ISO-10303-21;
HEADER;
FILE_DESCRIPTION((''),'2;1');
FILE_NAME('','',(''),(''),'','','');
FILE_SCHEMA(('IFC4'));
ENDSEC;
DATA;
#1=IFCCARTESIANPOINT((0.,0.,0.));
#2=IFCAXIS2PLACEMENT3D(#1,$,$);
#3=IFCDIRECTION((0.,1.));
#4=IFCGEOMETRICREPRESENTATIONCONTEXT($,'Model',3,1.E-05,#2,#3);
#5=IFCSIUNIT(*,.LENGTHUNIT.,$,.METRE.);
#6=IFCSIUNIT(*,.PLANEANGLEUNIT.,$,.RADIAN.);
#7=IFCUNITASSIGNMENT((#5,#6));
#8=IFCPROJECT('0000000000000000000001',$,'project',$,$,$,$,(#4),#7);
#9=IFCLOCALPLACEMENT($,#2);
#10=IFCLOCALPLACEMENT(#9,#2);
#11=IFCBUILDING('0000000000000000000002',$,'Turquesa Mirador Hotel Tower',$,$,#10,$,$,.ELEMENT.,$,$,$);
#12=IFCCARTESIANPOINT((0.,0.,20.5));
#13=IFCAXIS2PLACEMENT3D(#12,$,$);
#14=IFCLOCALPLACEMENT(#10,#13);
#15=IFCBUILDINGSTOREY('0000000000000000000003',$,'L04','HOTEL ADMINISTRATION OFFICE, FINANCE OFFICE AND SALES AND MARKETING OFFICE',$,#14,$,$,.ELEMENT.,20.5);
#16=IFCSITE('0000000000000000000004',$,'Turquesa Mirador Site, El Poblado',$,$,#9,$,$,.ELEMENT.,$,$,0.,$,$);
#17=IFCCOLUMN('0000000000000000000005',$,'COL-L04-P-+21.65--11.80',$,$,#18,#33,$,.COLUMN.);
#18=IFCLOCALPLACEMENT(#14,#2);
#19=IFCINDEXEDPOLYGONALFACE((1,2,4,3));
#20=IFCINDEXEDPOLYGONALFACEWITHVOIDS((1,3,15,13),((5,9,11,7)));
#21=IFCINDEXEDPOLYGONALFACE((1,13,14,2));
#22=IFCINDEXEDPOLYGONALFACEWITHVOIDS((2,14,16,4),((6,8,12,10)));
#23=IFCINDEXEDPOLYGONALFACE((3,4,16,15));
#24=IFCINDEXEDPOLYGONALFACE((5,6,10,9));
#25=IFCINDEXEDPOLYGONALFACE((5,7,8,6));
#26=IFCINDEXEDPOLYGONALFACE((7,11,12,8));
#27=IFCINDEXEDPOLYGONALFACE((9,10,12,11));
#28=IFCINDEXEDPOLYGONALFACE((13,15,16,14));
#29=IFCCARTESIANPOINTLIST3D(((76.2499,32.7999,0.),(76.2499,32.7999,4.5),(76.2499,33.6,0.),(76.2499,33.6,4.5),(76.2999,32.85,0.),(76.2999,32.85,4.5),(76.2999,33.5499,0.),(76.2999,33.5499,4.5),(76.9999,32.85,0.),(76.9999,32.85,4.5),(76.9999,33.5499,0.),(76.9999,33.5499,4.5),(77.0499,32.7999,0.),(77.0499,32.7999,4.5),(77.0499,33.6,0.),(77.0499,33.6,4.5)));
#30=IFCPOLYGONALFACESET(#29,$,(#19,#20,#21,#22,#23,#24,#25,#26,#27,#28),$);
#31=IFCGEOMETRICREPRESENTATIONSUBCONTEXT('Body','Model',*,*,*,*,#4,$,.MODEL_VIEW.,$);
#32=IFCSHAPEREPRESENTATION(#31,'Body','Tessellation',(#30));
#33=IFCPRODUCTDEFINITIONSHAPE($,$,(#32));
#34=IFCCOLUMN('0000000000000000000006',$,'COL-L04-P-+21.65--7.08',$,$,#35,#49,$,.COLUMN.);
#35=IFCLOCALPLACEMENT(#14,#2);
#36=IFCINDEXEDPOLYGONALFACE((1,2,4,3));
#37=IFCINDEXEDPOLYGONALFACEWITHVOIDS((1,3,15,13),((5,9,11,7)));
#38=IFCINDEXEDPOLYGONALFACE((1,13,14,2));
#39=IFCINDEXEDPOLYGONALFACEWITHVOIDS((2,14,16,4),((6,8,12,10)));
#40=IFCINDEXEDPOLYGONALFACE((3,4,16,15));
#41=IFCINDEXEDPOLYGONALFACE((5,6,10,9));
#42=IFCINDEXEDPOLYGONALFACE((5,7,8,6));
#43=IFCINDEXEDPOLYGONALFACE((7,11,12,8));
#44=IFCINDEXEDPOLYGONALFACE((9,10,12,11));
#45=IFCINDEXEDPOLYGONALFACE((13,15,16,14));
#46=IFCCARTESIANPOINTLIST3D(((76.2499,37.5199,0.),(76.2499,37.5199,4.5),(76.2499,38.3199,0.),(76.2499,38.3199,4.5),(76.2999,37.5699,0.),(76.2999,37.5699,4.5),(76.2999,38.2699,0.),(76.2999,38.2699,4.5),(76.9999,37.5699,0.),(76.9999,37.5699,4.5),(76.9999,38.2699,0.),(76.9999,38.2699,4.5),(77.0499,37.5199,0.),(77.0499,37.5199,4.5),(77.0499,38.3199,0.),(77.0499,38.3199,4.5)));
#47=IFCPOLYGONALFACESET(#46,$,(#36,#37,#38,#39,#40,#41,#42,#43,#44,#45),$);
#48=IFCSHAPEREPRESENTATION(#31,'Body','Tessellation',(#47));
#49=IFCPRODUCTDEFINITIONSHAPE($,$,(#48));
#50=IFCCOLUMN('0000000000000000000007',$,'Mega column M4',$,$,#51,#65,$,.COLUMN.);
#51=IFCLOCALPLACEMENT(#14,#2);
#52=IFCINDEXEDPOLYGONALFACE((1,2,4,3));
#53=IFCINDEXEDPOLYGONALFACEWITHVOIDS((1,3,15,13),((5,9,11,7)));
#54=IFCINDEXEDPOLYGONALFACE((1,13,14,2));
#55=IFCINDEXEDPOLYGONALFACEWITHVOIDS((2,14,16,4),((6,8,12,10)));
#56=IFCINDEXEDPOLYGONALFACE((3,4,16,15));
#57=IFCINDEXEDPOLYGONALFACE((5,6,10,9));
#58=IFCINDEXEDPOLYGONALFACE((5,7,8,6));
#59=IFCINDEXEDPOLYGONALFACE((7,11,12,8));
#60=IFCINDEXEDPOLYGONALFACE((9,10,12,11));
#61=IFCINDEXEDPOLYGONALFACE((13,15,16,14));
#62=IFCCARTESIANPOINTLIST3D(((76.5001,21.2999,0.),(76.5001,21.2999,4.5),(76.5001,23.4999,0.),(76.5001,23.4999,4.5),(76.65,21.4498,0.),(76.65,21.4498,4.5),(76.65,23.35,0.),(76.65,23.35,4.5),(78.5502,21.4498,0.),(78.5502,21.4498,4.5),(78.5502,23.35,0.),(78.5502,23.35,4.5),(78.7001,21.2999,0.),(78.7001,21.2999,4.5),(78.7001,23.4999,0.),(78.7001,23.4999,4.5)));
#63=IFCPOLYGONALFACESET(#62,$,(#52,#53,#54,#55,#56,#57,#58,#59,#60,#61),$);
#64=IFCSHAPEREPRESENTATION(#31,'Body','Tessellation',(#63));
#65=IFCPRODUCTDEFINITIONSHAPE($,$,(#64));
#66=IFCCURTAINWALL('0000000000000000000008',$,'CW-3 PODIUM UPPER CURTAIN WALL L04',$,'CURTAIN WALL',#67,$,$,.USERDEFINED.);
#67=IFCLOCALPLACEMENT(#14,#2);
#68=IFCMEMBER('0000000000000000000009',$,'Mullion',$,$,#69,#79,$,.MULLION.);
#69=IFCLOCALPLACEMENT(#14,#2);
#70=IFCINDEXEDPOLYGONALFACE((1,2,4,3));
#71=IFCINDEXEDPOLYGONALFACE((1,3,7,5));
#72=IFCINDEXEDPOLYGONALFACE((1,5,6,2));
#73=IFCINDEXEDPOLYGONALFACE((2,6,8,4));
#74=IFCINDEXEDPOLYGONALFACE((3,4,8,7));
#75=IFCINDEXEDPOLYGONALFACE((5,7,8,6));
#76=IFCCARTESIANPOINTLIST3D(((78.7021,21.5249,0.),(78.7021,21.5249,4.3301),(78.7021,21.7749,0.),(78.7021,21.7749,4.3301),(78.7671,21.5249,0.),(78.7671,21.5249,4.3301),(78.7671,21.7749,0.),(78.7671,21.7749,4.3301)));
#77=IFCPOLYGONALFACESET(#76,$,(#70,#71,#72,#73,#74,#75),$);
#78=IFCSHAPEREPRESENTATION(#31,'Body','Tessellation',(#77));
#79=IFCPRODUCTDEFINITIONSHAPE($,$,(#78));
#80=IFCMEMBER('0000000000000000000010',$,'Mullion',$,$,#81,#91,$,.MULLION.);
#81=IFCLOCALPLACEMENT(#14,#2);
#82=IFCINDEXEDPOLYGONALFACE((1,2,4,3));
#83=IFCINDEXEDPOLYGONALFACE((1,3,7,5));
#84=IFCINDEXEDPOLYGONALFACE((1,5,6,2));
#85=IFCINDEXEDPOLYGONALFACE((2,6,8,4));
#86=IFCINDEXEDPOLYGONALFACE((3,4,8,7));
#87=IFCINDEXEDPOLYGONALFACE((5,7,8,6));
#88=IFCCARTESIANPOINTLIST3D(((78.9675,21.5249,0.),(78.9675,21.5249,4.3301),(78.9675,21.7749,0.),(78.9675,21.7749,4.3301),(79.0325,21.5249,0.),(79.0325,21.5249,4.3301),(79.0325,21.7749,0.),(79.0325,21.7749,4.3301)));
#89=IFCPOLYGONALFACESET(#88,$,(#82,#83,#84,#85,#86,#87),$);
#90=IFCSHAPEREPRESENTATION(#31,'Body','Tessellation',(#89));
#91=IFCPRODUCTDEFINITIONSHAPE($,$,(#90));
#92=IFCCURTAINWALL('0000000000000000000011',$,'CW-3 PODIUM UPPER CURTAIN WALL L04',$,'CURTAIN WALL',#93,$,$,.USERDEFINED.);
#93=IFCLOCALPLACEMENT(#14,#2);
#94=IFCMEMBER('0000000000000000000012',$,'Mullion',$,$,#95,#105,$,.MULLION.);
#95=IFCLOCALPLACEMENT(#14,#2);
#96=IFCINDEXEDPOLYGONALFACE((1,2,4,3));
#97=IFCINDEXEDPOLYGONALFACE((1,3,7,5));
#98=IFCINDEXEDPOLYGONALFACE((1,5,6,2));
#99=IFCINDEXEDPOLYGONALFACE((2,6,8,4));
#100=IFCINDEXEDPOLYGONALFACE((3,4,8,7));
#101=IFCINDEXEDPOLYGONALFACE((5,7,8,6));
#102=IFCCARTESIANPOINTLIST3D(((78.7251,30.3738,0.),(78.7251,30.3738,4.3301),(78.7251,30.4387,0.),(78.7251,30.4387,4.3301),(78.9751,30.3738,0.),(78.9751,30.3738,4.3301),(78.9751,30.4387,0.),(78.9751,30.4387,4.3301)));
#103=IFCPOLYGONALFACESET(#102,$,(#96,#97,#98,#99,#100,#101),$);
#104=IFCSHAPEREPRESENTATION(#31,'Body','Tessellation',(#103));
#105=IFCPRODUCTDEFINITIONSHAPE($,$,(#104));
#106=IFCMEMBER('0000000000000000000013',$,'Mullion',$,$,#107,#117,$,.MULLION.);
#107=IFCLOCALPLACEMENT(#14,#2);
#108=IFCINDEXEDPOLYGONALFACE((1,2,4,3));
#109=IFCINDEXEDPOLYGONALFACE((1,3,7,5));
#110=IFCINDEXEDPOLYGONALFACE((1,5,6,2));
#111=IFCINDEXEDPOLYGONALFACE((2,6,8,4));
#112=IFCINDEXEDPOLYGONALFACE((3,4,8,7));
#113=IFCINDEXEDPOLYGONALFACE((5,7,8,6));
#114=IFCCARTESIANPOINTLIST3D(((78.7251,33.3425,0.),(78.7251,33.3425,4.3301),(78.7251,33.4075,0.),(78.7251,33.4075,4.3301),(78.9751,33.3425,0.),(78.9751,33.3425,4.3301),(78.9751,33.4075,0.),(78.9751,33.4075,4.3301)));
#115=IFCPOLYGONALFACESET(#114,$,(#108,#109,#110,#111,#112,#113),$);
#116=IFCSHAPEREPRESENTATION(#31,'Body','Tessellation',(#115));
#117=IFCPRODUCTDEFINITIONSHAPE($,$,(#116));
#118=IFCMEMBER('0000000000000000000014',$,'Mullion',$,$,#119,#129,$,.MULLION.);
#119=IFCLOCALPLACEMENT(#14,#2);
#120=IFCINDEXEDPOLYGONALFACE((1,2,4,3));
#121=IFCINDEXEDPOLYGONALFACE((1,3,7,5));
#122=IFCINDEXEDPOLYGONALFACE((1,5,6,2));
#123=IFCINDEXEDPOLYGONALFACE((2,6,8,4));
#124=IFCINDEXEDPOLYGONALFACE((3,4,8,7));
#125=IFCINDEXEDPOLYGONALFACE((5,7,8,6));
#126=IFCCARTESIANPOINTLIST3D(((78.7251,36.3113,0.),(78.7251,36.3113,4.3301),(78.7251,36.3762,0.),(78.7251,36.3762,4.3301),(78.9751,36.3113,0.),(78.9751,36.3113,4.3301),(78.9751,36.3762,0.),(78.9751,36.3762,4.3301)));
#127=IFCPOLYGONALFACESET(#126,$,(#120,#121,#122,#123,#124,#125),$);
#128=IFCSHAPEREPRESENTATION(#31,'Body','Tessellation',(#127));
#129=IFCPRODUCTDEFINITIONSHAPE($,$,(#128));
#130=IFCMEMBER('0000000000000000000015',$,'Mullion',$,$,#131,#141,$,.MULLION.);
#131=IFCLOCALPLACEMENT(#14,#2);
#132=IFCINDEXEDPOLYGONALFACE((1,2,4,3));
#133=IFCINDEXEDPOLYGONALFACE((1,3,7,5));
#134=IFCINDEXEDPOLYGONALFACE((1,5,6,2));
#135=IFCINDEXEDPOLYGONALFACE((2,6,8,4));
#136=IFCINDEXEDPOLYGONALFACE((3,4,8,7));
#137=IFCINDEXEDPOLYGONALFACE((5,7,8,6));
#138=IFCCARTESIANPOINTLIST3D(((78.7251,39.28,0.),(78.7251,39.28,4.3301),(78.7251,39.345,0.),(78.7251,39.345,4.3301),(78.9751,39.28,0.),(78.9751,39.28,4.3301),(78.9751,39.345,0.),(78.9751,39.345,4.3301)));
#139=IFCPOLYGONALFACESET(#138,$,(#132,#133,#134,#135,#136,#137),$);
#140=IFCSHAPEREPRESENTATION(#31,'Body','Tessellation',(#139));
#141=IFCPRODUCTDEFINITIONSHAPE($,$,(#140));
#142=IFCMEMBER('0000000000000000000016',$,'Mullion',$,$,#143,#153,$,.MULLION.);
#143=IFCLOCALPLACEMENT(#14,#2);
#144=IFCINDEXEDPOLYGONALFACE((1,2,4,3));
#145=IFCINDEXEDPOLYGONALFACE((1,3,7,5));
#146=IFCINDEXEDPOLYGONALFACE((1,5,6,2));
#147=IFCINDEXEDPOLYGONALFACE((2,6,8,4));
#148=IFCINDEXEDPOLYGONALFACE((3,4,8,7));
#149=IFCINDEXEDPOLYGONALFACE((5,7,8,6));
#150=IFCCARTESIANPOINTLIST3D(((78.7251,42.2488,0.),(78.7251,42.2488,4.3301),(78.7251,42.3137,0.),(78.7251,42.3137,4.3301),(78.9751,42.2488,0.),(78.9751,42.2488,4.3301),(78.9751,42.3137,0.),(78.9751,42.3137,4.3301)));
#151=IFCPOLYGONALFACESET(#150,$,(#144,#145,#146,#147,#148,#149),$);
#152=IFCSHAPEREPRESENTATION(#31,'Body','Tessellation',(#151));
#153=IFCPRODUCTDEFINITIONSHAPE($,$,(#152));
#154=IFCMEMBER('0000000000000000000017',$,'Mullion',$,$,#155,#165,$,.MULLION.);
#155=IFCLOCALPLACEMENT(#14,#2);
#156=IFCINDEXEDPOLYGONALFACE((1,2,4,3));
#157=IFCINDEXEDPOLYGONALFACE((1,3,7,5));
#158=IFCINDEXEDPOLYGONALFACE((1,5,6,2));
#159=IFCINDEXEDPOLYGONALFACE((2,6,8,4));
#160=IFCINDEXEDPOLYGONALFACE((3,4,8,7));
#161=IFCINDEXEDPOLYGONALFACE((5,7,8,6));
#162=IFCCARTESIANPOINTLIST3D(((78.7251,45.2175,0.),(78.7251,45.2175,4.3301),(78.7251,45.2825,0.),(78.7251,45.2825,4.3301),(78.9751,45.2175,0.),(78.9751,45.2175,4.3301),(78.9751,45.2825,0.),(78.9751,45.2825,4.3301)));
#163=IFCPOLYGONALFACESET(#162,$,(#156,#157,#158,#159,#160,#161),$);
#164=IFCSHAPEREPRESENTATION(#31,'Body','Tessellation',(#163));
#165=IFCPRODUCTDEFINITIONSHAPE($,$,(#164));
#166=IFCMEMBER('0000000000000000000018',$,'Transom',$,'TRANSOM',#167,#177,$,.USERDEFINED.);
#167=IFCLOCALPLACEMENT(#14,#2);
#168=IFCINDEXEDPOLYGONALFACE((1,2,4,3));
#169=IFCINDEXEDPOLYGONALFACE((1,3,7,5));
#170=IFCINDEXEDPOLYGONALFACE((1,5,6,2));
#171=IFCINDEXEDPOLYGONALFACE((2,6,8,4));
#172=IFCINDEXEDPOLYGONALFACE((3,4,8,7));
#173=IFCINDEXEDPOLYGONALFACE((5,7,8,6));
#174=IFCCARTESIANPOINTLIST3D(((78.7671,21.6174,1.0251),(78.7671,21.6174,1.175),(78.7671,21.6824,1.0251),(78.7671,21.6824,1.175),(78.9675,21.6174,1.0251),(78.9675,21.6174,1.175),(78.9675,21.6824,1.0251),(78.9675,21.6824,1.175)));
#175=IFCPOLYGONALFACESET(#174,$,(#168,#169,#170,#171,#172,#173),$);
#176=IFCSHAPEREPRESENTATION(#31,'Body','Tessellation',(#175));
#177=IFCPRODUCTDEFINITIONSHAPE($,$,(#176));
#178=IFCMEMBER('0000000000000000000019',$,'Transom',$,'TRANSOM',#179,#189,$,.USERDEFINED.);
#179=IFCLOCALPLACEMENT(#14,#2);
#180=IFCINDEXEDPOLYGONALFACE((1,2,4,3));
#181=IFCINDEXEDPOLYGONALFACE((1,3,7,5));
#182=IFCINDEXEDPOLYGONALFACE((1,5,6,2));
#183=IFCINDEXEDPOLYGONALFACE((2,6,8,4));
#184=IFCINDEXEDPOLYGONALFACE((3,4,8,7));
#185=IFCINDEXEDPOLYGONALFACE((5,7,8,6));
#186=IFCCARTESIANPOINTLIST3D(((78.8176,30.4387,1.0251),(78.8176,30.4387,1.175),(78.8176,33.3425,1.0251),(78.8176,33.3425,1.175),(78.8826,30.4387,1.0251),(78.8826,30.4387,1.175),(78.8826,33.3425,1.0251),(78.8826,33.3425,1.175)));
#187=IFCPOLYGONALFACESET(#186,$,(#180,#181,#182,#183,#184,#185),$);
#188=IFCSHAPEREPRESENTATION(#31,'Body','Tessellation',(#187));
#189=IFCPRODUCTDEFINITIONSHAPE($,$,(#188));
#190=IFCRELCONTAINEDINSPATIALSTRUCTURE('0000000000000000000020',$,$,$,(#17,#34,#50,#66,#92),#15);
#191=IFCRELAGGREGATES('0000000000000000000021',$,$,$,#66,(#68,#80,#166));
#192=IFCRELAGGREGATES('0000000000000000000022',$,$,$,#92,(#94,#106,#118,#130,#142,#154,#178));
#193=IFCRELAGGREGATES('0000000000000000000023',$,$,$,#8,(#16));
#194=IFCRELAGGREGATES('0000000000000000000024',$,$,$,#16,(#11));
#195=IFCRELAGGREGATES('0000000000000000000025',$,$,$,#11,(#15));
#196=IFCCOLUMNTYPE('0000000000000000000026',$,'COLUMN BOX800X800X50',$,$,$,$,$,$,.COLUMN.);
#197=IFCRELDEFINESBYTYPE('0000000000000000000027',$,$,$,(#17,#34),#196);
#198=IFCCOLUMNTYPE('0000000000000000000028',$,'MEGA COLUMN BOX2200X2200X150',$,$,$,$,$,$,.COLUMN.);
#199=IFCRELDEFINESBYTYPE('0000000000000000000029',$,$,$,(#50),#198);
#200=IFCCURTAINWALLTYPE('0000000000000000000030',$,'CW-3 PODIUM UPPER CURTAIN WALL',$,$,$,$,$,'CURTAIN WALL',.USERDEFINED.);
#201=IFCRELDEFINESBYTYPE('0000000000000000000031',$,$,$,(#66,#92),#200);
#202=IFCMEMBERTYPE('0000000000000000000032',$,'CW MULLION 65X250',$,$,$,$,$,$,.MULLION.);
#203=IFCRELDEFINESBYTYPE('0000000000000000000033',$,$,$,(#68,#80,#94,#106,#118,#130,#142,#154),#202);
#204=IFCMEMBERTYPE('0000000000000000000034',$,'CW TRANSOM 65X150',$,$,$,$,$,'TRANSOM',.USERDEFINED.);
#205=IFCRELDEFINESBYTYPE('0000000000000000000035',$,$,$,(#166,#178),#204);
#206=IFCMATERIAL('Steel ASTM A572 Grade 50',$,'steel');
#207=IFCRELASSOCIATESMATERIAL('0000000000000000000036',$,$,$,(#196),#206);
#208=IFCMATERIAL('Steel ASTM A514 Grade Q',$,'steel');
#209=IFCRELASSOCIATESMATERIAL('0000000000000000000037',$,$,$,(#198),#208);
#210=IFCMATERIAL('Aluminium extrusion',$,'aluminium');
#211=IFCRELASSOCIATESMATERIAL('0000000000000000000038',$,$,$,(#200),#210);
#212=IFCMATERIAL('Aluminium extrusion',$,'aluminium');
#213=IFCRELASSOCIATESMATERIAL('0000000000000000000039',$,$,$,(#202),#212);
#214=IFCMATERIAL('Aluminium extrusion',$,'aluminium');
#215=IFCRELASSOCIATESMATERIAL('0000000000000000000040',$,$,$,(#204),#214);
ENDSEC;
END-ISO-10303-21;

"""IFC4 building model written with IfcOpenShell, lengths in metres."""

from ifc_helpers import new_model, si_unit, direction, frame, origin, origin_2d, place, context, subcontext, project, spatial, rectangle, hollow_rectangle, extrude, material, material_profile, profile_set, type_object, element, aggregate, save


model = new_model("IFC4")

# Units and contexts
model_context = context("Model", 3, precision=1e-05, world=origin(), true_north=direction((0.0, 1.0)))
body_context = subcontext(model_context, "Body", "Model", "MODEL_VIEW")
ifc_project = project(units=[si_unit("LENGTHUNIT", "METRE"), si_unit("PLANEANGLEUNIT", "RADIAN")], contexts=[model_context])

# Site, building, storey
site_placement = place(None, origin())
site = spatial("IfcSite", under=ifc_project, at=site_placement, Name="Turquesa Mirador Site, El Poblado", CompositionType="ELEMENT", RefElevation=0.0)
building_placement = place(site_placement, origin())
building = spatial("IfcBuilding", under=site, at=building_placement, Name="Turquesa Mirador Hotel Tower", CompositionType="ELEMENT")
storey_placement = place(building_placement, frame((0.0, 0.0, 20.5)))
storey = spatial("IfcBuildingStorey", under=building, at=storey_placement, Name="L04", Description="HOTEL ADMINISTRATION OFFICE, FINANCE OFFICE AND SALES AND MARKETING OFFICE", CompositionType="ELEMENT", Elevation=20.5)

# Columns
ifc_material_1 = material(Name="Steel ASTM A572 Grade 50", Category="steel")
ifc_material_profile_1 = material_profile(ifc_material_1, hollow_rectangle(XDim=0.8, YDim=0.8, WallThickness=0.05, at=origin_2d()), Name="BOX800X800X50")
ifc_profile_set_1 = profile_set([ifc_material_profile_1], Name="Steel ASTM A572 Grade 50")
column_type_1 = type_object("IfcColumnType", Name="COLUMN BOX800X800X50", PredefinedType="COLUMN", material=ifc_profile_set_1)
for number, where, z_axis, x_axis, name in (
    (1, (76.6499, 33.2, 0.0), (0.0, 0.0, 1.0), (1.0, 0.0, 0.0), "COL-L04-P-+21.65--11.80"),
    (2, (76.6499, 37.9199, 0.0), (0.0, 0.0, 1.0), (1.0, 0.0, 0.0), "COL-L04-P-+21.65--7.08"),
):
    element("IfcColumn", number, at=place(storey_placement, frame(where, z_axis=z_axis, x_axis=x_axis)), inside=storey, type_object=column_type_1, Name=name, PredefinedType="COLUMN", context=body_context, shape_type="SweptSolid", body=[
        extrude(hollow_rectangle(XDim=0.8, YDim=0.8, WallThickness=0.05, at=origin_2d()), origin(), (0.0, 0.0, 1.0), 4.5),
    ])
ifc_material_2 = material(Name="Steel ASTM A514 Grade Q", Category="steel")
ifc_material_profile_2 = material_profile(ifc_material_2, hollow_rectangle(XDim=2.2, YDim=2.2, WallThickness=0.1499, at=origin_2d()), Name="BOX2200X2200X150")
ifc_profile_set_2 = profile_set([ifc_material_profile_2], Name="Steel ASTM A514 Grade Q")
column_type_2 = type_object("IfcColumnType", Name="MEGA COLUMN BOX2200X2200X150", PredefinedType="COLUMN", material=ifc_profile_set_2)
column_placement = place(storey_placement, frame((77.6001, 22.3999, 0.0), z_axis=(0.0, 0.0, 1.0), x_axis=(1.0, 0.0, 0.0)))
element("IfcColumn", 3, at=column_placement, inside=storey, type_object=column_type_2, Name="Mega column M4", PredefinedType="COLUMN", context=body_context, shape_type="SweptSolid", body=[
    extrude(hollow_rectangle(XDim=2.2, YDim=2.2, WallThickness=0.1499, at=origin_2d()), origin(), (0.0, 0.0, 1.0), 4.5),
])

# Curtain walls, members
ifc_material_3 = material(Name="Aluminium extrusion", Category="aluminium")
curtain_wall_type = type_object("IfcCurtainWallType", Name="CW-3 PODIUM UPPER CURTAIN WALL", ElementType="CURTAIN WALL", PredefinedType="USERDEFINED", material=ifc_material_3)
curtain_wall_1_placement = place(storey_placement, origin())
curtain_wall_1 = element("IfcCurtainWall", 4, at=curtain_wall_1_placement, inside=storey, type_object=curtain_wall_type, Name="CW-3 PODIUM UPPER CURTAIN WALL L04", ObjectType="CURTAIN WALL", PredefinedType="USERDEFINED")
ifc_material_4 = material(Name="Aluminium extrusion", Category="aluminium")
ifc_material_profile_3 = material_profile(ifc_material_4, rectangle(XDim=0.0649, YDim=0.25, at=origin_2d()), Name="MULLION 65X250")
ifc_profile_set_3 = profile_set([ifc_material_profile_3], Name="Aluminium extrusion")
member_type_1 = type_object("IfcMemberType", Name="CW MULLION 65X250", PredefinedType="MULLION", material=ifc_profile_set_3)
member_1_placement = place(storey_placement, frame((78.7346, 21.6499, 0.0), z_axis=(0.0, 0.0, 1.0), x_axis=(1.0, 0.0, 0.0)))
member_1 = element("IfcMember", 5, at=member_1_placement, type_object=member_type_1, Name="Mullion", PredefinedType="MULLION", context=body_context, shape_type="SweptSolid", body=[
    extrude(rectangle(XDim=0.0649, YDim=0.25, at=origin_2d()), origin(), (0.0, 0.0, 1.0), 4.3301),
])
member_2_placement = place(storey_placement, frame((79.0, 21.6499, 0.0), z_axis=(0.0, 0.0, 1.0), x_axis=(1.0, 0.0, 0.0)))
member_2 = element("IfcMember", 6, at=member_2_placement, type_object=member_type_1, Name="Mullion", PredefinedType="MULLION", context=body_context, shape_type="SweptSolid", body=[
    extrude(rectangle(XDim=0.0649, YDim=0.25, at=origin_2d()), origin(), (0.0, 0.0, 1.0), 4.3301),
])
curtain_wall_2_placement = place(storey_placement, origin())
curtain_wall_2 = element("IfcCurtainWall", 7, at=curtain_wall_2_placement, inside=storey, type_object=curtain_wall_type, Name="CW-3 PODIUM UPPER CURTAIN WALL L04", ObjectType="CURTAIN WALL", PredefinedType="USERDEFINED")
member_3_placement = place(storey_placement, frame((78.8501, 30.4062, 0.0), z_axis=(0.0, 0.0, 1.0), x_axis=(0.0, 1.0, 0.0)))
member_3 = element("IfcMember", 8, at=member_3_placement, type_object=member_type_1, Name="Mullion", PredefinedType="MULLION", context=body_context, shape_type="SweptSolid", body=[
    extrude(rectangle(XDim=0.0649, YDim=0.25, at=origin_2d()), origin(), (0.0, 0.0, 1.0), 4.3301),
])
member_4_placement = place(storey_placement, frame((78.8501, 33.375, 0.0), z_axis=(0.0, 0.0, 1.0), x_axis=(0.0, 1.0, 0.0)))
member_4 = element("IfcMember", 9, at=member_4_placement, type_object=member_type_1, Name="Mullion", PredefinedType="MULLION", context=body_context, shape_type="SweptSolid", body=[
    extrude(rectangle(XDim=0.0649, YDim=0.25, at=origin_2d()), origin(), (0.0, 0.0, 1.0), 4.3301),
])
member_5_placement = place(storey_placement, frame((78.8501, 36.3438, 0.0), z_axis=(0.0, 0.0, 1.0), x_axis=(0.0, 1.0, 0.0)))
member_5 = element("IfcMember", 10, at=member_5_placement, type_object=member_type_1, Name="Mullion", PredefinedType="MULLION", context=body_context, shape_type="SweptSolid", body=[
    extrude(rectangle(XDim=0.0649, YDim=0.25, at=origin_2d()), origin(), (0.0, 0.0, 1.0), 4.3301),
])
member_6_placement = place(storey_placement, frame((78.8501, 39.3125, 0.0), z_axis=(0.0, 0.0, 1.0), x_axis=(0.0, 1.0, 0.0)))
member_6 = element("IfcMember", 11, at=member_6_placement, type_object=member_type_1, Name="Mullion", PredefinedType="MULLION", context=body_context, shape_type="SweptSolid", body=[
    extrude(rectangle(XDim=0.0649, YDim=0.25, at=origin_2d()), origin(), (0.0, 0.0, 1.0), 4.3301),
])
member_7_placement = place(storey_placement, frame((78.8501, 42.2812, 0.0), z_axis=(0.0, 0.0, 1.0), x_axis=(0.0, 1.0, 0.0)))
member_7 = element("IfcMember", 12, at=member_7_placement, type_object=member_type_1, Name="Mullion", PredefinedType="MULLION", context=body_context, shape_type="SweptSolid", body=[
    extrude(rectangle(XDim=0.0649, YDim=0.25, at=origin_2d()), origin(), (0.0, 0.0, 1.0), 4.3301),
])
member_8_placement = place(storey_placement, frame((78.8501, 45.25, 0.0), z_axis=(0.0, 0.0, 1.0), x_axis=(0.0, 1.0, 0.0)))
member_8 = element("IfcMember", 13, at=member_8_placement, type_object=member_type_1, Name="Mullion", PredefinedType="MULLION", context=body_context, shape_type="SweptSolid", body=[
    extrude(rectangle(XDim=0.0649, YDim=0.25, at=origin_2d()), origin(), (0.0, 0.0, 1.0), 4.3301),
])

# Members
ifc_material_5 = material(Name="Aluminium extrusion", Category="aluminium")
ifc_material_profile_4 = material_profile(ifc_material_5, rectangle(XDim=0.0649, YDim=0.1499, at=origin_2d()), Name="TRANSOM 65X150")
ifc_profile_set_4 = profile_set([ifc_material_profile_4], Name="Aluminium extrusion")
member_type_2 = type_object("IfcMemberType", Name="CW TRANSOM 65X150", ElementType="TRANSOM", PredefinedType="USERDEFINED", material=ifc_profile_set_4)
member_9_placement = place(storey_placement, frame((78.7671, 21.6499, 1.1001), z_axis=(1.0, 0.0, 0.0), x_axis=(0.0, 1.0, 0.0)))
member_9 = element("IfcMember", 14, at=member_9_placement, type_object=member_type_2, Name="Transom", ObjectType="TRANSOM", PredefinedType="USERDEFINED", context=body_context, shape_type="SweptSolid", body=[
    extrude(rectangle(XDim=0.0649, YDim=0.1499, at=origin_2d()), origin(), (0.0, 0.0, 1.0), 0.2004),
])
member_10_placement = place(storey_placement, frame((78.8501, 30.4387, 1.1001), z_axis=(0.0, 1.0, 0.0), x_axis=(-1.0, 0.0, 0.0)))
member_10 = element("IfcMember", 15, at=member_10_placement, type_object=member_type_2, Name="Transom", ObjectType="TRANSOM", PredefinedType="USERDEFINED", context=body_context, shape_type="SweptSolid", body=[
    extrude(rectangle(XDim=0.0649, YDim=0.1499, at=origin_2d()), origin(), (0.0, 0.0, 1.0), 2.9038),
])

aggregate(curtain_wall_1, [member_1, member_2, member_9])
aggregate(curtain_wall_2, [member_3, member_4, member_5, member_6, member_7, member_8, member_10])

save(model, "model.ifc")
